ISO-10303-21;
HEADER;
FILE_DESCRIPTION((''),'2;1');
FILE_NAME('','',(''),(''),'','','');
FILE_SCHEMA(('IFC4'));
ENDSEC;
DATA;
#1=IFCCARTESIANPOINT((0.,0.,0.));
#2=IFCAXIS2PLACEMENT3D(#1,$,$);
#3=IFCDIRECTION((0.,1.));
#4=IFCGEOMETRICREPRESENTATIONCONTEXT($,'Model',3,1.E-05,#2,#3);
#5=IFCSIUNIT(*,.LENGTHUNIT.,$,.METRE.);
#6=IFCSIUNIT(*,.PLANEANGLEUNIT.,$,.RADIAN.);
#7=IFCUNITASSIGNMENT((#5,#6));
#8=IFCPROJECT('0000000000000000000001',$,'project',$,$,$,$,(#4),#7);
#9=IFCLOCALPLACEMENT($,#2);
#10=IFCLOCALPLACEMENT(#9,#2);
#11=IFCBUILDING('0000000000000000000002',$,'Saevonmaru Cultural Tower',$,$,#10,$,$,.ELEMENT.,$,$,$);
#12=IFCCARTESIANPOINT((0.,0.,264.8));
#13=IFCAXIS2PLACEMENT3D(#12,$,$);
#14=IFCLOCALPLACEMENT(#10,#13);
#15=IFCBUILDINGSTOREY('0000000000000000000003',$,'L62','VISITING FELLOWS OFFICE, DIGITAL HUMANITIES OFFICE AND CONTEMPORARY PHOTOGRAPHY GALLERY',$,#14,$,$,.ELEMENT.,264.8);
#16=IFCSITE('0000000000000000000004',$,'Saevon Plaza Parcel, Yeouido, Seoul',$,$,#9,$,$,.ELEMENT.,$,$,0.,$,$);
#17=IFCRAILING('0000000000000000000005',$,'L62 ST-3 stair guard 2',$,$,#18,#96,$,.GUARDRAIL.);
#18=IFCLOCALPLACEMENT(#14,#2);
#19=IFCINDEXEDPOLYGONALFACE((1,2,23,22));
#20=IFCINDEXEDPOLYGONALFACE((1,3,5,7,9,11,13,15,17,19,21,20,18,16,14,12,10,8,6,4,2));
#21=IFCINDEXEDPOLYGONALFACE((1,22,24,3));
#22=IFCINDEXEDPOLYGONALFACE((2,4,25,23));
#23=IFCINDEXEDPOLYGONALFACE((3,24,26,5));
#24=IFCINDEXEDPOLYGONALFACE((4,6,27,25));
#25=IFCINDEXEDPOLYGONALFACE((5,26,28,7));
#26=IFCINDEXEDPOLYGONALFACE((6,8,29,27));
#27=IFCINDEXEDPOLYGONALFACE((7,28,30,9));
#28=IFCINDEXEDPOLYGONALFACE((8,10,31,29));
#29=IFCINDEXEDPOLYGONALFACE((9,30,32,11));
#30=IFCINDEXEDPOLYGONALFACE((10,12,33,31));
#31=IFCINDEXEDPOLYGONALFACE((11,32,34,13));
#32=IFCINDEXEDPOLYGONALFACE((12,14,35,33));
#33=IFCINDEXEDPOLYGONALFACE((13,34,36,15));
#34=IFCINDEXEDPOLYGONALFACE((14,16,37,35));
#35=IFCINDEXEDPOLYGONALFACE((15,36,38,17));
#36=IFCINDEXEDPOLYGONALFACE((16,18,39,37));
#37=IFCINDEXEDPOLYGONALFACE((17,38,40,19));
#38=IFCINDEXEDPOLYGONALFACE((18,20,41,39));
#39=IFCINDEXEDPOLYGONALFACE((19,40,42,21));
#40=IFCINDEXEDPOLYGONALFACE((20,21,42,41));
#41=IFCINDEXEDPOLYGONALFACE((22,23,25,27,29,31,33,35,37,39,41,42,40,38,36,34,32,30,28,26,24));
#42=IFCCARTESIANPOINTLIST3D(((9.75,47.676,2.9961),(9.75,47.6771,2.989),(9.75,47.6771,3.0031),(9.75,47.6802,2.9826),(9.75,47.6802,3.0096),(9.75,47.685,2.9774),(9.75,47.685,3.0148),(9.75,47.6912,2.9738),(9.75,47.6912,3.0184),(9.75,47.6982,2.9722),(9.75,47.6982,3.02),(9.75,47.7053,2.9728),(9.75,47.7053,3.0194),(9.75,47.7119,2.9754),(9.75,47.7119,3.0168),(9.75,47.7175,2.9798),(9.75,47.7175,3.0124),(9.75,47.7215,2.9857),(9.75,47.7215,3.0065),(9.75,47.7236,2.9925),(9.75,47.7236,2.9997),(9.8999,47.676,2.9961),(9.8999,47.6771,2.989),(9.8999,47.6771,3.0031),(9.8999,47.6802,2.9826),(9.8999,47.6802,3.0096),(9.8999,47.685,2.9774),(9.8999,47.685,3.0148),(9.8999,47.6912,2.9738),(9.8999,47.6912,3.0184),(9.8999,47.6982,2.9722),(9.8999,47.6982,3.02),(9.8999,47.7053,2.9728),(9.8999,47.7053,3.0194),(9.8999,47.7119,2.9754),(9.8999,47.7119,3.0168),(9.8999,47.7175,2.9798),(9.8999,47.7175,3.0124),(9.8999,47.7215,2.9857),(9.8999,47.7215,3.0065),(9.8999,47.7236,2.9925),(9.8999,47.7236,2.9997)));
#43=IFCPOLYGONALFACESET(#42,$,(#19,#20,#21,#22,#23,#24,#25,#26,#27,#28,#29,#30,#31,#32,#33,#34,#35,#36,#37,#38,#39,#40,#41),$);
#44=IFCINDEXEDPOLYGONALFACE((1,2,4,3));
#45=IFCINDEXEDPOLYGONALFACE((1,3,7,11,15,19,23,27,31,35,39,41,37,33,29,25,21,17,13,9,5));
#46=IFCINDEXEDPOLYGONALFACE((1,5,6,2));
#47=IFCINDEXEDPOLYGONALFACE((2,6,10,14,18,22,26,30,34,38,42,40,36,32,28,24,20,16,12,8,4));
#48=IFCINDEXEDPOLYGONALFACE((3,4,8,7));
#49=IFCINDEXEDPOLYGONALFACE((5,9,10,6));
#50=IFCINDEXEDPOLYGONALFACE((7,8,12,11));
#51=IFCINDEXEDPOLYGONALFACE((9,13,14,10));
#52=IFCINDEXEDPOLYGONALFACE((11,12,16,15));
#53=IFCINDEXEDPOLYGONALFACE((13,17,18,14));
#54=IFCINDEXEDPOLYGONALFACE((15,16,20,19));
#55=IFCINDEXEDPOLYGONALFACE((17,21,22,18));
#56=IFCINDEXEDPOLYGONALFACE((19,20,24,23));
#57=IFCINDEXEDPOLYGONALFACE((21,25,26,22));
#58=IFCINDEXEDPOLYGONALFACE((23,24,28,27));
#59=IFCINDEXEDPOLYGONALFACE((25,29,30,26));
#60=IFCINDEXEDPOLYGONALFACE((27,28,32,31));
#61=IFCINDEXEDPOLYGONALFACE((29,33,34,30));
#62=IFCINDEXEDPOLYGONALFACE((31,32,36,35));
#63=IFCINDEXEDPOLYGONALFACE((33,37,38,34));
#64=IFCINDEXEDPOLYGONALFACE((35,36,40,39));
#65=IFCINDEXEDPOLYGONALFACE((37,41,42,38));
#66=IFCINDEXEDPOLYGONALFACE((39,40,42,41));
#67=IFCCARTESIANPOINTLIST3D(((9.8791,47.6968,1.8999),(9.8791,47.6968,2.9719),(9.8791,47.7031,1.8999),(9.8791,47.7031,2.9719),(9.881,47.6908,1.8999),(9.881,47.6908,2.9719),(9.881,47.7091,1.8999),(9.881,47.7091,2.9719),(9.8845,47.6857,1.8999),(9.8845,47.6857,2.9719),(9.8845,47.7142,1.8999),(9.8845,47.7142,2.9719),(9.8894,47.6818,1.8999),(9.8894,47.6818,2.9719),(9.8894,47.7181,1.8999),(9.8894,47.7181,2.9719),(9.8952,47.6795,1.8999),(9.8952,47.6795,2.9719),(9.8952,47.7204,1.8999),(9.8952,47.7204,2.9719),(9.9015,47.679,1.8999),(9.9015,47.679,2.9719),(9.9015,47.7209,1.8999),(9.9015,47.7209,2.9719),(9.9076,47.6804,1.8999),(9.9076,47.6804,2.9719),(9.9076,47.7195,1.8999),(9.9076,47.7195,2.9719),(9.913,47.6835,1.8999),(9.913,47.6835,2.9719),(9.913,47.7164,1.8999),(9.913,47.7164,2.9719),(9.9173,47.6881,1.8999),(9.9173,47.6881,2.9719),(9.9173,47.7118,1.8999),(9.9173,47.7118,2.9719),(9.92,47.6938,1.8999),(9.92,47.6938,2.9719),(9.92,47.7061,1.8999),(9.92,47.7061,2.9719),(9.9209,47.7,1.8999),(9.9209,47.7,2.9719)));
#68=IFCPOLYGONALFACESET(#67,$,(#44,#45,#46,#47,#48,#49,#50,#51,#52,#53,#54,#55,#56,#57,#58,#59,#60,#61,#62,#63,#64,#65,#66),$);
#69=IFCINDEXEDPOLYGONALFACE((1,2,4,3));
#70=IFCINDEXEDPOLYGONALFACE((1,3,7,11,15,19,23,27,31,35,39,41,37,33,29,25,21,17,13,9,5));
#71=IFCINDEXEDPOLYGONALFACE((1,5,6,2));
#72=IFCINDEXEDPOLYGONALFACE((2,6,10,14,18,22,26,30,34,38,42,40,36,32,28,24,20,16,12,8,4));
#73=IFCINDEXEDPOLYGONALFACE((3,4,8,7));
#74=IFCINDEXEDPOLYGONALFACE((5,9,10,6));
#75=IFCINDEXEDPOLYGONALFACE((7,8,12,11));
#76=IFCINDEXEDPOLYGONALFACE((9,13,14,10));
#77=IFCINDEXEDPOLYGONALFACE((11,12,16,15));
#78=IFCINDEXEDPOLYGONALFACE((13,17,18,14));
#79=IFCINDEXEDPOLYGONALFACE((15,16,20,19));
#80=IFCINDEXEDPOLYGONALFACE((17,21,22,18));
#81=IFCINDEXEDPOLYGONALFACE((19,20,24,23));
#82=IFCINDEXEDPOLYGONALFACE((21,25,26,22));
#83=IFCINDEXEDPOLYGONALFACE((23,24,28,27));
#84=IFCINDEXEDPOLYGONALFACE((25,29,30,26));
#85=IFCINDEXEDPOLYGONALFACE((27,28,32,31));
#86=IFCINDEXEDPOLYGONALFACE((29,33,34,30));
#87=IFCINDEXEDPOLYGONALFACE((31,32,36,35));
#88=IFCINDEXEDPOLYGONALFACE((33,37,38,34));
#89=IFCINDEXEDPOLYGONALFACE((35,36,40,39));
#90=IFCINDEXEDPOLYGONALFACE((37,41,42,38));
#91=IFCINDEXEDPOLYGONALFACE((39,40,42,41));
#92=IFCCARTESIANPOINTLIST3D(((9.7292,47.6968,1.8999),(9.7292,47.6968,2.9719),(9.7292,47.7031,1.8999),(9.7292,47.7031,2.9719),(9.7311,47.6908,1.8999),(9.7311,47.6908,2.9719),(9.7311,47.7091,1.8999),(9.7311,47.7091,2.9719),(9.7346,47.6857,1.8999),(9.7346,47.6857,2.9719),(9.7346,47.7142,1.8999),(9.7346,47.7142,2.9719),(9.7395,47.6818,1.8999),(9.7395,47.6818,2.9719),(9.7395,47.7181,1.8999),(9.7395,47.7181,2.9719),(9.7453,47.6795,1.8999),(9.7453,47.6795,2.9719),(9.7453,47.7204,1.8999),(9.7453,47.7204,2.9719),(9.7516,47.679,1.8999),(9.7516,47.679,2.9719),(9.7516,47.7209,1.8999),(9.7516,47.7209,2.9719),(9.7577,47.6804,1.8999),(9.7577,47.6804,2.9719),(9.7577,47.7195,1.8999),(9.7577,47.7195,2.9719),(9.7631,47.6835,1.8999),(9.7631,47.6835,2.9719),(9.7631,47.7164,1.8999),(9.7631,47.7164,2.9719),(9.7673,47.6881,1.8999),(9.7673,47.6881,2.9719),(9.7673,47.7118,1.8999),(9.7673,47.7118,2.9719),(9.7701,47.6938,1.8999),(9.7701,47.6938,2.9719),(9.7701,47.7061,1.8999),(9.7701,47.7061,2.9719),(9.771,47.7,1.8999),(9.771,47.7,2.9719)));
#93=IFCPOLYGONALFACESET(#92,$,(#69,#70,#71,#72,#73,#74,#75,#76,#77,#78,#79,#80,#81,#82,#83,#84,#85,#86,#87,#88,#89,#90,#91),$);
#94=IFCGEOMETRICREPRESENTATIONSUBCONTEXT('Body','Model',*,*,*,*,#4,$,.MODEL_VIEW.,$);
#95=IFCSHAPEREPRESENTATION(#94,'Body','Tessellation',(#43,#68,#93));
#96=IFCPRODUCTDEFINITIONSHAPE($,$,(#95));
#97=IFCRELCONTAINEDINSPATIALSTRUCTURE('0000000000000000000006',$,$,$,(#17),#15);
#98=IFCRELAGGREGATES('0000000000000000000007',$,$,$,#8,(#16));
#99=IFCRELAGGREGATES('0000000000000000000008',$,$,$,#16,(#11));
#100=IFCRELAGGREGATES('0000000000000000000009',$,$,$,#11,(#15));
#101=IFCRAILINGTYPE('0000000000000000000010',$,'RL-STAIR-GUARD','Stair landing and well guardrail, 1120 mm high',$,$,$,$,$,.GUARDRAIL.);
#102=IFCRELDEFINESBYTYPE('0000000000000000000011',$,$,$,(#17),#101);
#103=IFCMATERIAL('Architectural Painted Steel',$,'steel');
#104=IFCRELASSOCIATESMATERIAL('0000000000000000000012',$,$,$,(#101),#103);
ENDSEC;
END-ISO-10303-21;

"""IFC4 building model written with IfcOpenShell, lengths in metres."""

from ifc_helpers import new_model, si_unit, direction, frame, origin, origin_2d, place, context, subcontext, project, spatial, circle, extrude, material, type_object, element, save


model = new_model("IFC4")

# Units and contexts
model_context = context("Model", 3, precision=1e-05, world=origin(), true_north=direction((0.0, 1.0)))
body_context = subcontext(model_context, "Body", "Model", "MODEL_VIEW")
ifc_project = project(units=[si_unit("LENGTHUNIT", "METRE"), si_unit("PLANEANGLEUNIT", "RADIAN")], contexts=[model_context])

# Site, building, storey
site_placement = place(None, origin())
site = spatial("IfcSite", under=ifc_project, at=site_placement, Name="Saevon Plaza Parcel, Yeouido, Seoul", CompositionType="ELEMENT", RefElevation=0.0)
building_placement = place(site_placement, origin())
building = spatial("IfcBuilding", under=site, at=building_placement, Name="Saevonmaru Cultural Tower", CompositionType="ELEMENT")
storey_placement = place(building_placement, frame((0.0, 0.0, 264.8)))
storey = spatial("IfcBuildingStorey", under=building, at=storey_placement, Name="L62", Description="VISITING FELLOWS OFFICE, DIGITAL HUMANITIES OFFICE AND CONTEMPORARY PHOTOGRAPHY GALLERY", CompositionType="ELEMENT", Elevation=264.8)

# Railing
ifc_material_1 = material(Name="Architectural Painted Steel", Category="steel")
railing_type_1 = type_object("IfcRailingType", Name="RL-STAIR-GUARD", Description="Stair landing and well guardrail, 1120 mm high", PredefinedType="GUARDRAIL", material=ifc_material_1)
railing_1_placement = place(storey_placement, frame((9.8999, 47.7, 1.8999)))
element("IfcRailing", 1, at=railing_1_placement, inside=storey, type_object=railing_type_1, Name="L62 ST-3 stair guard 2", PredefinedType="GUARDRAIL", context=body_context, shape_type="SweptSolid", body=[
    extrude(circle(Radius=0.0239, at=origin_2d()), frame((0.0, 0.0, 1.0962), z_axis=(-1.0, 0.0, 0.0), x_axis=(0.0, -1.0, 0.0)), (0.0, 0.0, 1.0), 0.1499),
    extrude(circle(Radius=0.021, at=origin_2d()), origin(), (0.0, 0.0, 1.0), 1.072),
    extrude(circle(Radius=0.021, at=origin_2d()), frame((-0.1499, 0.0, 0.0)), (0.0, 0.0, 1.0), 1.072),
])

save(model, "model.ifc")
